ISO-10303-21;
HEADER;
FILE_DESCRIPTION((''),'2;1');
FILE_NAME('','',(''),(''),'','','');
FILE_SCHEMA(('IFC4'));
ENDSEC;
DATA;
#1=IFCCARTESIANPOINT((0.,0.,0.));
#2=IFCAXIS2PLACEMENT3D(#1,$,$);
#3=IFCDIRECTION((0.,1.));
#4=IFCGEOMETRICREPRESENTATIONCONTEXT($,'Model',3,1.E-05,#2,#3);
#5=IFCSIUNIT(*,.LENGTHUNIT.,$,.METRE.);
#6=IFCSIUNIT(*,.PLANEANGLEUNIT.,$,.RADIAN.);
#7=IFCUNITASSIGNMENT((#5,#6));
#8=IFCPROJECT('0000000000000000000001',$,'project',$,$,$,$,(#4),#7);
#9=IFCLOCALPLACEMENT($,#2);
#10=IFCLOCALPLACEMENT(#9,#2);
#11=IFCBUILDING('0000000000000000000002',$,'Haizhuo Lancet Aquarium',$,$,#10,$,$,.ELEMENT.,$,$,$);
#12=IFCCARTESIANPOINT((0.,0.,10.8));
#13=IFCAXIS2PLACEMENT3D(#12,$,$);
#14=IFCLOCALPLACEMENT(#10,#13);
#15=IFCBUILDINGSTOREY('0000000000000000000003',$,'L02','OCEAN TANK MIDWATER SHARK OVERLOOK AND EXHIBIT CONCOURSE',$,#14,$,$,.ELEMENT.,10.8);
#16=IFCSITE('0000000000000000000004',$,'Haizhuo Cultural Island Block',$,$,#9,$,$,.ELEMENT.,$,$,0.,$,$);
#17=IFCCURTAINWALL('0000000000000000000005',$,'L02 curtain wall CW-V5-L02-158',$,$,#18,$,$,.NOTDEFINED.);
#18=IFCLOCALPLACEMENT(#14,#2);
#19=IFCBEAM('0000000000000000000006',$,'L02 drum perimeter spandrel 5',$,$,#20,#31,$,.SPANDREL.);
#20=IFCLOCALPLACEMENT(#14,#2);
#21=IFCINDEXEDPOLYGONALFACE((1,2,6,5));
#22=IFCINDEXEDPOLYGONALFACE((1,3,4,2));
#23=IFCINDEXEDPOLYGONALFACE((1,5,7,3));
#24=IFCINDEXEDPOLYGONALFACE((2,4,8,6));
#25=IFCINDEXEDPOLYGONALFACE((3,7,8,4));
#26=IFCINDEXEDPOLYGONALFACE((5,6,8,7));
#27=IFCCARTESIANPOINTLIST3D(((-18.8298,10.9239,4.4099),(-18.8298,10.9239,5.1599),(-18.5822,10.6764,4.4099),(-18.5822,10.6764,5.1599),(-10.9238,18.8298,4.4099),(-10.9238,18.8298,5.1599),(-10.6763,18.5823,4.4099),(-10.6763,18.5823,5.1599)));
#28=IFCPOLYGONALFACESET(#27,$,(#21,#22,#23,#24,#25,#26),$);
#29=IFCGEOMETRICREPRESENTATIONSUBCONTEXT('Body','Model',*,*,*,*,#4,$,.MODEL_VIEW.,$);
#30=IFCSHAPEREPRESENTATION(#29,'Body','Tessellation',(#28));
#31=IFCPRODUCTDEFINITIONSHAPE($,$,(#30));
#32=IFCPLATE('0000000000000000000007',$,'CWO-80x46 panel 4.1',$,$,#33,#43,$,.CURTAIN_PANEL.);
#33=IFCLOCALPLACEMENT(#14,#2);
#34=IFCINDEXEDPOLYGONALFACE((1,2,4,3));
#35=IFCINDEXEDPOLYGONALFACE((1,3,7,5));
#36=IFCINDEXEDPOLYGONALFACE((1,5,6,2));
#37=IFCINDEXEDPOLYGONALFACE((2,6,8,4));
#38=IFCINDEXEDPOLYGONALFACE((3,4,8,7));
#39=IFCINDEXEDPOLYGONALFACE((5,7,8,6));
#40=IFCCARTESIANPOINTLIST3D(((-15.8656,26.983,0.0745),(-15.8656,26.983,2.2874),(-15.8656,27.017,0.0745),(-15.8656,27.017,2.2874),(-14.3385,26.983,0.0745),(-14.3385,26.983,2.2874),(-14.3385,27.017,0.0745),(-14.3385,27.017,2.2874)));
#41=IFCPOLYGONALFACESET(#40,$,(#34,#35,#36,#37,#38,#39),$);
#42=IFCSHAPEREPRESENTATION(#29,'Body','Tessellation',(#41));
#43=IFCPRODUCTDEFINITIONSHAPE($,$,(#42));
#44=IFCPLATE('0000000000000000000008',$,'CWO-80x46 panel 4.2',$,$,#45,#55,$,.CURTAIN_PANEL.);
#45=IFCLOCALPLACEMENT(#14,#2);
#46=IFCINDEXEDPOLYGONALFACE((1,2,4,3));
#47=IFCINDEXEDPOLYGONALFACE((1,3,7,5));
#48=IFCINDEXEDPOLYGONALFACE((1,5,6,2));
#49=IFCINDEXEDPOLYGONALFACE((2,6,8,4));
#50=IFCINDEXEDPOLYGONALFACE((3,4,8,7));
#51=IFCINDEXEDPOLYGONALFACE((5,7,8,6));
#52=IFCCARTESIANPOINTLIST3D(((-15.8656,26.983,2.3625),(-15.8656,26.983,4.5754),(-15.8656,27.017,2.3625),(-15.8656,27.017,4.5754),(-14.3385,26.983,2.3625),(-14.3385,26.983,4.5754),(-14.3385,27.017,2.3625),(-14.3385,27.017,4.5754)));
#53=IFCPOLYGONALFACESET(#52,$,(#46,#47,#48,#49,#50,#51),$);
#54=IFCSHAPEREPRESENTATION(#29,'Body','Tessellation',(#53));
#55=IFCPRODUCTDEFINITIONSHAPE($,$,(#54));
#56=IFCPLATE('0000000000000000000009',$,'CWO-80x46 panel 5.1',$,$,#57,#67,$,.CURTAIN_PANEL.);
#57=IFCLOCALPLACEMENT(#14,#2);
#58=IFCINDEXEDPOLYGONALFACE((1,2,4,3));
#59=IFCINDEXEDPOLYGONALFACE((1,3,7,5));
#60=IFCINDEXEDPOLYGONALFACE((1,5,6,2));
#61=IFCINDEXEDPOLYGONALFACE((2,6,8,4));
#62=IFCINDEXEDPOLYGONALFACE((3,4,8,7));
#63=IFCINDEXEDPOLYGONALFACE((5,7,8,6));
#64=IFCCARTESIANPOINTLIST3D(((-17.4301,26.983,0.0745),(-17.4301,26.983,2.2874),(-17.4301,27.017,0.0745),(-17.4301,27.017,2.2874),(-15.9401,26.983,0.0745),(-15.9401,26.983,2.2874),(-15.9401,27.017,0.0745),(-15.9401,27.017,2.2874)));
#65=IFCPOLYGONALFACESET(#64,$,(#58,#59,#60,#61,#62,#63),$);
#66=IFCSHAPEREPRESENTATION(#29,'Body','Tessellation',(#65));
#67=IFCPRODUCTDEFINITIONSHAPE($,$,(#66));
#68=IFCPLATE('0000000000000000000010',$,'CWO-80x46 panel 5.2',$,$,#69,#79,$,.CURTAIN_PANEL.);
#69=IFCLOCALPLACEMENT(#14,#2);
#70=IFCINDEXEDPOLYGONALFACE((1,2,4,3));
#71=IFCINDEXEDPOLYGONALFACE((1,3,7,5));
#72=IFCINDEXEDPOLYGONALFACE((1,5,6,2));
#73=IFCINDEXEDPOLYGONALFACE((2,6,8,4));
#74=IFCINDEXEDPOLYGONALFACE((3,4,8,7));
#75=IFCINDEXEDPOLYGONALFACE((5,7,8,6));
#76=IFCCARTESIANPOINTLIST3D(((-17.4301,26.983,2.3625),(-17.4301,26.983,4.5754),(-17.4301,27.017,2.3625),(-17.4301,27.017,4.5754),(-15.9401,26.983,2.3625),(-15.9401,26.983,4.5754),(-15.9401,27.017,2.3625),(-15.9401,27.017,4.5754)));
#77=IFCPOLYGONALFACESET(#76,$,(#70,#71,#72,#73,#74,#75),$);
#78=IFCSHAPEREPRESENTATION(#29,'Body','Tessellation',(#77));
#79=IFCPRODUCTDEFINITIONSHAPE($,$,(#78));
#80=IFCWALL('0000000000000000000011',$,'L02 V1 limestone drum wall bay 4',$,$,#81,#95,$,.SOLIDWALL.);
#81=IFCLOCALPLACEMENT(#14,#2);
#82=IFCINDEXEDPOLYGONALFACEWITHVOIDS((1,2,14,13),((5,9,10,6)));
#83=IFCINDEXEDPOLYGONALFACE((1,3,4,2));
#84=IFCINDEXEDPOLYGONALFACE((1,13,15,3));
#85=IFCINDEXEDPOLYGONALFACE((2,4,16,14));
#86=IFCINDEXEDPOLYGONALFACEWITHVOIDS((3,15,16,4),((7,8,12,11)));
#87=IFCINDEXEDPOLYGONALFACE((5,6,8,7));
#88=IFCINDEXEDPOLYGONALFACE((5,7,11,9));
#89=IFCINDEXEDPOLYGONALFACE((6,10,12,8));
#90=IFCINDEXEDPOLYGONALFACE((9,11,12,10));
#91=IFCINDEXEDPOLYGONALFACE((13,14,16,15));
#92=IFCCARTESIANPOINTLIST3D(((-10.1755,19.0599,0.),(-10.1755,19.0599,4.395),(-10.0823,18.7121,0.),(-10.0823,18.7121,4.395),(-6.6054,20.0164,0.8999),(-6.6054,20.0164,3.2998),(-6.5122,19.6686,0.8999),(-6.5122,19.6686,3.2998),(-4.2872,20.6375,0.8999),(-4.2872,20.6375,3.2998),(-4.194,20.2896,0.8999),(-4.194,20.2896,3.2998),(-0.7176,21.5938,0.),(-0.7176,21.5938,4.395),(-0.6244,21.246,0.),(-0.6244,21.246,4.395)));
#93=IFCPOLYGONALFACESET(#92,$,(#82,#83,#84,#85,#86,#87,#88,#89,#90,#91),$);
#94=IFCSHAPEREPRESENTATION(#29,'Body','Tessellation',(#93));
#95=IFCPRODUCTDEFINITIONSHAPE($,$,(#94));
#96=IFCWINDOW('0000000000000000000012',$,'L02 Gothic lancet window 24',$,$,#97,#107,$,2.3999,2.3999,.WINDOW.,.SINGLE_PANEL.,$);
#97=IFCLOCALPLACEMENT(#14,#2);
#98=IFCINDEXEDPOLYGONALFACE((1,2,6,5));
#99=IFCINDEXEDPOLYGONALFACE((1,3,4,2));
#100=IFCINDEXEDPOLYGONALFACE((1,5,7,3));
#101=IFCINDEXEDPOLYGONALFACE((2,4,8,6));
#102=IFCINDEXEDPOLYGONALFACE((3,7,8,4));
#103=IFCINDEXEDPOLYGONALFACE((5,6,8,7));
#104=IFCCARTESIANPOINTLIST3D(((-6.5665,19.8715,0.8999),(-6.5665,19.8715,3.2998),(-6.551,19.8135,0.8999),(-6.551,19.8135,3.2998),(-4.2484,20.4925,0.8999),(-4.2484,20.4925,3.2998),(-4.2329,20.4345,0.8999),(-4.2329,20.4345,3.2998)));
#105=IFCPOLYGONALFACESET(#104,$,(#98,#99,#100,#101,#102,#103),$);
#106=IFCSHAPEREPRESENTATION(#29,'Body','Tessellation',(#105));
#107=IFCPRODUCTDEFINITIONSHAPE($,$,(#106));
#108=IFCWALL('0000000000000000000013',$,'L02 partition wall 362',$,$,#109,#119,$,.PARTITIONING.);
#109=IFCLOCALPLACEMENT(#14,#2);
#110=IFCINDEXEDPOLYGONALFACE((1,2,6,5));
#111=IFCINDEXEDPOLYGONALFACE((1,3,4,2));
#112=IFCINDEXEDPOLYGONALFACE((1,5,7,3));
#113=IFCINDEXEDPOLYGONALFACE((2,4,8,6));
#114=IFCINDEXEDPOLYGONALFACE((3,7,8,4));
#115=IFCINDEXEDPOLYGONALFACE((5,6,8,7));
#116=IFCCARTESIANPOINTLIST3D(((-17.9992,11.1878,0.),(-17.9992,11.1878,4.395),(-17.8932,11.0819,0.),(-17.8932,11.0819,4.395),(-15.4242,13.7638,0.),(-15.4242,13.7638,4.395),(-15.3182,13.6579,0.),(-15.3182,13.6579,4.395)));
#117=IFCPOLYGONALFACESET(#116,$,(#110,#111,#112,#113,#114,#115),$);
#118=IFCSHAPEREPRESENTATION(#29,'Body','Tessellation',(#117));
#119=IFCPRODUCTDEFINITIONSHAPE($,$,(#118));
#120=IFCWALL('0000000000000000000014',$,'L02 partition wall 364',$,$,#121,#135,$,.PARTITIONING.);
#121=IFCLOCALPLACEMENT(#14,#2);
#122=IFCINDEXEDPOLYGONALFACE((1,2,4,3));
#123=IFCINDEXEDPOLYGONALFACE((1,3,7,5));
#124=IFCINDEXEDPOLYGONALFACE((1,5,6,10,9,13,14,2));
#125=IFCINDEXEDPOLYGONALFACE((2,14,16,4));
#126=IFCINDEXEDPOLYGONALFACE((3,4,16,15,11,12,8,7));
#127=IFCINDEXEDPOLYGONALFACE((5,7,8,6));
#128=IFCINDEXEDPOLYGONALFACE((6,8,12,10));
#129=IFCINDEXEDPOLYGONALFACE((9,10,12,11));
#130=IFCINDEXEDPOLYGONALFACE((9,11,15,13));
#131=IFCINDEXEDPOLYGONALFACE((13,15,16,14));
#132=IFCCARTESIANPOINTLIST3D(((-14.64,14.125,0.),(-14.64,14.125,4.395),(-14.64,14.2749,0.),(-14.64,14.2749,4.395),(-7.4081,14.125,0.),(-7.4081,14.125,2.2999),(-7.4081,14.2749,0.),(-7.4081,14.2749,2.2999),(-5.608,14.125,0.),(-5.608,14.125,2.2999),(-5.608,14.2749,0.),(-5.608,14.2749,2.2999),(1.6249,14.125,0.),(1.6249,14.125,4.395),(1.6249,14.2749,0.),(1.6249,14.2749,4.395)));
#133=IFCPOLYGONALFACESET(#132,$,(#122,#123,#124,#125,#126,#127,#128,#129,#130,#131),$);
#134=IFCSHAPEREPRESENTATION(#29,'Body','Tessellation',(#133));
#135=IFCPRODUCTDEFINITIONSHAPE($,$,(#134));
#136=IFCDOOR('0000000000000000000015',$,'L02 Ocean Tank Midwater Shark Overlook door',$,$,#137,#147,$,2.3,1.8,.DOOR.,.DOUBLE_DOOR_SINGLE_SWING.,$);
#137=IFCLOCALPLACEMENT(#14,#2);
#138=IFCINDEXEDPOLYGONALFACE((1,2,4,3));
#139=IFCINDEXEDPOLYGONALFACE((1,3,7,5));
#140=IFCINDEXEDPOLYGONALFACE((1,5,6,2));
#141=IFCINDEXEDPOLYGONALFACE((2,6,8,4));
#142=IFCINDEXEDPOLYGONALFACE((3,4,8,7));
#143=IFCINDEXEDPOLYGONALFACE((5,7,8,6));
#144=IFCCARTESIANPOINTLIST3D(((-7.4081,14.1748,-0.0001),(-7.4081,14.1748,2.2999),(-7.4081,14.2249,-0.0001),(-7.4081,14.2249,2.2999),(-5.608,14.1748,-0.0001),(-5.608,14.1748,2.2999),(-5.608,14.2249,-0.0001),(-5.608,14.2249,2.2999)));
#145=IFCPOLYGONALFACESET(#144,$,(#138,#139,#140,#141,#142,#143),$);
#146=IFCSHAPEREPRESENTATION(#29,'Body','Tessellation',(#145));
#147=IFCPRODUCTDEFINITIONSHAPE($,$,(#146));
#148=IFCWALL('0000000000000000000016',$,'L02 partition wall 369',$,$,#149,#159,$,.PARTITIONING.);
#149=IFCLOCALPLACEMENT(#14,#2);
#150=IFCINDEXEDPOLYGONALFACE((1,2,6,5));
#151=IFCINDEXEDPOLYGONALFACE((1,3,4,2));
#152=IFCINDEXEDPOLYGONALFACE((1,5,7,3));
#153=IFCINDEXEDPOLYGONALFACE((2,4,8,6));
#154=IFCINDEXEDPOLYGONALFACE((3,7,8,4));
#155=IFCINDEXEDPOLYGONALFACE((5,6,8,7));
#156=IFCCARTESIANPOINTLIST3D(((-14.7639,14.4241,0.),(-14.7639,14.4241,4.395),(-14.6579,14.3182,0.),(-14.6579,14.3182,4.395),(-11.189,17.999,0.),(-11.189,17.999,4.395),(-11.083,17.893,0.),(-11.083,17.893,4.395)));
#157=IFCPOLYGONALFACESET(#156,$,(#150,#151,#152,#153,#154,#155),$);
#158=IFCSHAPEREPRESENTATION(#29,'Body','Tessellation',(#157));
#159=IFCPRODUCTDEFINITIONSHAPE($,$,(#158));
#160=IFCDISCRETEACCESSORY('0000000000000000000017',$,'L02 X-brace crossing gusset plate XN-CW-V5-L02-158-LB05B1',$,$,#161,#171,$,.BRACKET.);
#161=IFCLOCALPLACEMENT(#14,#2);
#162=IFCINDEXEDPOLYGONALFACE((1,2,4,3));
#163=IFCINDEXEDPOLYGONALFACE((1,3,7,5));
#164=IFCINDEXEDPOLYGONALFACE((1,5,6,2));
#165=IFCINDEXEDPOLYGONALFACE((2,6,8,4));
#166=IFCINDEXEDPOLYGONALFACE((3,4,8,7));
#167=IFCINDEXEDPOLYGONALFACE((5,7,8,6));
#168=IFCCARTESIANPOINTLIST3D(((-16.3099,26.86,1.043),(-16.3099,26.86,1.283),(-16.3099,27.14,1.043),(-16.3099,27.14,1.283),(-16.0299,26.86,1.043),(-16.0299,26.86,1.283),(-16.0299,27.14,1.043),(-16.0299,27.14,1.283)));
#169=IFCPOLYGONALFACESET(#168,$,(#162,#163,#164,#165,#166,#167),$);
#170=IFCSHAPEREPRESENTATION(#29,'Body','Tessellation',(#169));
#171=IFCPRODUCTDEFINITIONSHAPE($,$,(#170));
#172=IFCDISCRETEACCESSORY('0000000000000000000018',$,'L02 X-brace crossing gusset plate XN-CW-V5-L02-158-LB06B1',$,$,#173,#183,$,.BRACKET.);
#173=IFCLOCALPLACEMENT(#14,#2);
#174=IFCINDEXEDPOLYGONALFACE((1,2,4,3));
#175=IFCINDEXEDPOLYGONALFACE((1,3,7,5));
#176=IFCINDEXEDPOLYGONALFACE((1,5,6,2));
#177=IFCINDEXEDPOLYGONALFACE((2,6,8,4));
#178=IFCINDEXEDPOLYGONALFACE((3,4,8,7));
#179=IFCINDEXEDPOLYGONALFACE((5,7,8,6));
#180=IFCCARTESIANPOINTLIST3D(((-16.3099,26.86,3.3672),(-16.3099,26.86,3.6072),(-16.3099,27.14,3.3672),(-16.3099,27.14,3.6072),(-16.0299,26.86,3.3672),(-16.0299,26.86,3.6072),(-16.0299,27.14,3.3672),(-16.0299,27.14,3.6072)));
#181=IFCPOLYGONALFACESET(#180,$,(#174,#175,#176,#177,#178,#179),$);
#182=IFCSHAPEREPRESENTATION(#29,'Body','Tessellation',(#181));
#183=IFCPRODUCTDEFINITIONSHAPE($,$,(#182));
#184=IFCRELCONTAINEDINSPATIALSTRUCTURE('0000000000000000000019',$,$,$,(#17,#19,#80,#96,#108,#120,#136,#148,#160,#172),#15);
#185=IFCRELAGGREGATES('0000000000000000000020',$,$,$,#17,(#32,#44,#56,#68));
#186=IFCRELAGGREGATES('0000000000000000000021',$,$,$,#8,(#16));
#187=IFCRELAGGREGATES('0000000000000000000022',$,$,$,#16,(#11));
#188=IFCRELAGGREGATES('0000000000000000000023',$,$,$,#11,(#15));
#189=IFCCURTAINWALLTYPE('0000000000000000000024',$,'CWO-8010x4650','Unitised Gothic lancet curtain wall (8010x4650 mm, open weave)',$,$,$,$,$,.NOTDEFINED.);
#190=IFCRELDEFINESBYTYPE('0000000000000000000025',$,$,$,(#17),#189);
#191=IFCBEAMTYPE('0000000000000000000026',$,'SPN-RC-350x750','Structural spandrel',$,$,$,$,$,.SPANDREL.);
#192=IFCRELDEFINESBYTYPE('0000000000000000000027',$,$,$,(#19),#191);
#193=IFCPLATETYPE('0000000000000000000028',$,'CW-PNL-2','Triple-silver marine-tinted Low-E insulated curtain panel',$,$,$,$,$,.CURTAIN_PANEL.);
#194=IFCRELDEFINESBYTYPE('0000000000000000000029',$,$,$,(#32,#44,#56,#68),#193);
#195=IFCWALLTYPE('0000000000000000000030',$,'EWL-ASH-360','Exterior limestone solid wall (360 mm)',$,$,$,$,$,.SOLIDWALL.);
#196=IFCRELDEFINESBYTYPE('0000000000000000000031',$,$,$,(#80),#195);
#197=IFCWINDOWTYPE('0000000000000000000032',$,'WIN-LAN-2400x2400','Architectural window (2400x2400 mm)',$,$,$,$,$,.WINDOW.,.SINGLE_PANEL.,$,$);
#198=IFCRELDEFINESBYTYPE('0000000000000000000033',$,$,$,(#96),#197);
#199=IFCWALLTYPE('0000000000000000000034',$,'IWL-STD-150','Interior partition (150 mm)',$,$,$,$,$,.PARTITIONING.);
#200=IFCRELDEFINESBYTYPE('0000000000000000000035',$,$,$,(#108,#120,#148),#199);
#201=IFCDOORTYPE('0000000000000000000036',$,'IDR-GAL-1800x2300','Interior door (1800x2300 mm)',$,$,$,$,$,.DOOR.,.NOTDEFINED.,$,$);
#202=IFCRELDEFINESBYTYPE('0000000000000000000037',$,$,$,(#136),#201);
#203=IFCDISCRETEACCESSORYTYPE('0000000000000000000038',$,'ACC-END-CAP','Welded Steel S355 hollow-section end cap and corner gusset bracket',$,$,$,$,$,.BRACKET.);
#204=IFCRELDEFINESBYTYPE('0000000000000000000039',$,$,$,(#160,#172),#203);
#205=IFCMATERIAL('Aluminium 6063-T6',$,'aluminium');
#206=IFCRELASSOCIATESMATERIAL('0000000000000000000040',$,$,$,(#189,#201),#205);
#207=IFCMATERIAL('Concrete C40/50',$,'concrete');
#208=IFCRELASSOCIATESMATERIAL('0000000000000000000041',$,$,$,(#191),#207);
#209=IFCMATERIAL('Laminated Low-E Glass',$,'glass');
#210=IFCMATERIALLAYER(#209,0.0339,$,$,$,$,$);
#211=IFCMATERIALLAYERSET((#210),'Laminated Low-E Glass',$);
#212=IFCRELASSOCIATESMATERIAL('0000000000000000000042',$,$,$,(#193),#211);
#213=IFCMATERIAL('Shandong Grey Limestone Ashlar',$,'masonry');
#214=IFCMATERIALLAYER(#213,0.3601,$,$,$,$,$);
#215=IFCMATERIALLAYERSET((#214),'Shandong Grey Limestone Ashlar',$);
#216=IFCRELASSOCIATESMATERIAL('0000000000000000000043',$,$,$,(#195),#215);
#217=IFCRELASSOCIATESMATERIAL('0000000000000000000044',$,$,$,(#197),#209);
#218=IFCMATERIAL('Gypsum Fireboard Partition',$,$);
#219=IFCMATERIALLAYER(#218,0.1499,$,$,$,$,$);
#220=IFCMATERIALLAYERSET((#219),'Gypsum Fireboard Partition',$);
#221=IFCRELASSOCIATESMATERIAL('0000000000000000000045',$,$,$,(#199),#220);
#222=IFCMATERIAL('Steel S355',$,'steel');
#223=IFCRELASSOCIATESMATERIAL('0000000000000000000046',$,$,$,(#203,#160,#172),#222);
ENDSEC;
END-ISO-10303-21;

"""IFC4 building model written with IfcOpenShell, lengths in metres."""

from ifc_helpers import new_model, si_unit, direction, frame, frame_2d, origin, origin_2d, place, context, subcontext, project, spatial, rectangle, extrude, material, layer, layer_set, material_profile, profile_set, type_object, element, fill, aggregate, save


model = new_model("IFC4")

# Units and contexts
model_context = context("Model", 3, precision=1e-05, world=origin(), true_north=direction((0.0, 1.0)))
body_context = subcontext(model_context, "Body", "Model", "MODEL_VIEW")
ifc_project = project(units=[si_unit("LENGTHUNIT", "METRE"), si_unit("PLANEANGLEUNIT", "RADIAN")], contexts=[model_context])

# Site, building, storey
site_placement = place(None, origin())
site = spatial("IfcSite", under=ifc_project, at=site_placement, Name="Haizhuo Cultural Island Block", CompositionType="ELEMENT", RefElevation=0.0)
building_placement = place(site_placement, origin())
building = spatial("IfcBuilding", under=site, at=building_placement, Name="Haizhuo Lancet Aquarium", CompositionType="ELEMENT")
storey_placement = place(building_placement, frame((0.0, 0.0, 10.8)))
storey = spatial("IfcBuildingStorey", under=building, at=storey_placement, Name="L02", Description="OCEAN TANK MIDWATER SHARK OVERLOOK AND EXHIBIT CONCOURSE", CompositionType="ELEMENT", Elevation=10.8)

# Curtain wall
ifc_material_1 = material(Name="Aluminium 6063-T6", Category="aluminium")
curtain_wall_type = type_object("IfcCurtainWallType", Name="CWO-8010x4650", Description="Unitised Gothic lancet curtain wall (8010x4650 mm, open weave)", PredefinedType="NOTDEFINED", material=ifc_material_1)
curtain_wall_placement = place(storey_placement, origin())
curtain_wall = element("IfcCurtainWall", 1, at=curtain_wall_placement, inside=storey, type_object=curtain_wall_type, Name="L02 curtain wall CW-V5-L02-158", PredefinedType="NOTDEFINED")

# Shared definitions
ifc_material_2 = material(Name="Steel S355", Category="steel")

# Beam
ifc_material_3 = material(Name="Concrete C40/50", Category="concrete")
ifc_material_profile_1 = material_profile(ifc_material_3, rectangle(XDim=0.3501, YDim=0.75, at=origin_2d()), Name="RC-SP 350x750")
ifc_profile_set_1 = profile_set([ifc_material_profile_1], Name="Concrete C40/50")
beam_type = type_object("IfcBeamType", Name="SPN-RC-350x750", Description="Structural spandrel", PredefinedType="SPANDREL", material=ifc_profile_set_1)
beam_placement = place(storey_placement, frame((-10.8, 18.7061, 4.7849), z_axis=(-0.707107, -0.707107, 0.0), x_axis=(0.707107, -0.707107, 0.0)))
element("IfcBeam", 2, at=beam_placement, inside=storey, type_object=beam_type, Name="L02 drum perimeter spandrel 5", PredefinedType="SPANDREL", context=body_context, shape_type="SweptSolid", body=[
    extrude(rectangle(XDim=0.3501, YDim=0.75, at=origin_2d()), origin(), (0.0, 0.0, 1.0), 11.1807),
])

# Plates
ifc_material_4 = material(Name="Laminated Low-E Glass", Category="glass")
ifc_layer_1 = layer(ifc_material_4, 0.0339)
ifc_layer_set_1 = layer_set([ifc_layer_1], Name="Laminated Low-E Glass")
plate_type = type_object("IfcPlateType", Name="CW-PNL-2", Description="Triple-silver marine-tinted Low-E insulated curtain panel", PredefinedType="CURTAIN_PANEL", material=ifc_layer_set_1)
plate_1_placement = place(storey_placement, frame((-15.1021, 27.0, 0.0745), z_axis=(0.0, 0.0, 1.0), x_axis=(-1.0, 0.0, 0.0)))
plate_1 = element("IfcPlate", 3, at=plate_1_placement, type_object=plate_type, Name="CWO-80x46 panel 4.1", PredefinedType="CURTAIN_PANEL", context=body_context, shape_type="SweptSolid", body=[
    extrude(rectangle(XDim=1.5271, YDim=0.0339, at=origin_2d()), origin(), (0.0, 0.0, 1.0), 2.2129),
])
plate_2_placement = place(storey_placement, frame((-15.1021, 27.0, 2.3625), z_axis=(0.0, 0.0, 1.0), x_axis=(-1.0, 0.0, 0.0)))
plate_2 = element("IfcPlate", 4, at=plate_2_placement, type_object=plate_type, Name="CWO-80x46 panel 4.2", PredefinedType="CURTAIN_PANEL", context=body_context, shape_type="SweptSolid", body=[
    extrude(rectangle(XDim=1.5271, YDim=0.0339, at=origin_2d()), origin(), (0.0, 0.0, 1.0), 2.2129),
])
plate_3_placement = place(storey_placement, frame((-16.6851, 27.0, 0.0745), z_axis=(0.0, 0.0, 1.0), x_axis=(-1.0, 0.0, 0.0)))
plate_3 = element("IfcPlate", 5, at=plate_3_placement, type_object=plate_type, Name="CWO-80x46 panel 5.1", PredefinedType="CURTAIN_PANEL", context=body_context, shape_type="SweptSolid", body=[
    extrude(rectangle(XDim=1.49, YDim=0.0339, at=origin_2d()), origin(), (0.0, 0.0, 1.0), 2.2129),
])
plate_4_placement = place(storey_placement, frame((-16.6851, 27.0, 2.3625), z_axis=(0.0, 0.0, 1.0), x_axis=(-1.0, 0.0, 0.0)))
plate_4 = element("IfcPlate", 6, at=plate_4_placement, type_object=plate_type, Name="CWO-80x46 panel 5.2", PredefinedType="CURTAIN_PANEL", context=body_context, shape_type="SweptSolid", body=[
    extrude(rectangle(XDim=1.49, YDim=0.0339, at=origin_2d()), origin(), (0.0, 0.0, 1.0), 2.2129),
])
aggregate(curtain_wall, [plate_1, plate_2, plate_3, plate_4])

# Wall, opening, window
ifc_material_5 = material(Name="Shandong Grey Limestone Ashlar", Category="masonry")
ifc_layer_2 = layer(ifc_material_5, 0.3601)
ifc_layer_set_2 = layer_set([ifc_layer_2], Name="Shandong Grey Limestone Ashlar")
wall_type_1 = type_object("IfcWallType", Name="EWL-ASH-360", Description="Exterior limestone solid wall (360 mm)", PredefinedType="SOLIDWALL", material=ifc_layer_set_2)
wall_1_placement = place(storey_placement, frame((-10.1289, 18.886, 0.0), z_axis=(0.0, 0.0, 1.0), x_axis=(0.965934, 0.258788, 0.0)))
wall_1 = element("IfcWall", 7, at=wall_1_placement, inside=storey, type_object=wall_type_1, Name="L02 V1 limestone drum wall bay 4", PredefinedType="SOLIDWALL", context=body_context, shape_type="SweptSolid", body=[
    extrude(rectangle(XDim=9.7915, YDim=0.3601, at=frame_2d((4.8958, 0.0))), origin(), (0.0, 0.0, 1.0), 4.395),
])
opening_1_placement = place(wall_1_placement, frame((3.696, 0.0, 0.8999)))
opening_1 = element("IfcOpeningElement", 8, at=opening_1_placement, cuts=wall_1, PredefinedType="OPENING", context=body_context, shape_type="SweptSolid", body=[
    extrude(rectangle(XDim=2.3999, YDim=2.3999, at=frame_2d((1.2, 1.2))), frame((0.0, 0.1899, 0.0), z_axis=(0.0, -1.0, 0.0), x_axis=(1.0, 0.0, 0.0)), (0.0, 0.0, 1.0), 0.3801),
])
window_type = type_object("IfcWindowType", Name="WIN-LAN-2400x2400", Description="Architectural window (2400x2400 mm)", PartitioningType="SINGLE_PANEL", PredefinedType="WINDOW", material=ifc_material_4)
window_placement = place(opening_1_placement, origin())
window = element("IfcWindow", 9, at=window_placement, inside=storey, type_object=window_type, Name="L02 Gothic lancet window 24", OverallHeight=2.3999, OverallWidth=2.3999, PartitioningType="SINGLE_PANEL", PredefinedType="WINDOW", context=body_context, shape_type="SweptSolid", body=[
    extrude(rectangle(XDim=2.3999, YDim=2.3999, at=frame_2d((1.2, 1.2))), frame((0.0, 0.03, 0.0), z_axis=(0.0, -1.0, 0.0), x_axis=(1.0, 0.0, 0.0)), (0.0, 0.0, 1.0), 0.0601),
])
fill(opening_1, window)

# Wall
ifc_material_6 = material(Name="Gypsum Fireboard Partition")
ifc_layer_3 = layer(ifc_material_6, 0.1499)
ifc_layer_set_3 = layer_set([ifc_layer_3], Name="Gypsum Fireboard Partition")
wall_type_2 = type_object("IfcWallType", Name="IWL-STD-150", Description="Interior partition (150 mm)", PredefinedType="PARTITIONING", material=ifc_layer_set_3)
wall_2_placement = place(storey_placement, frame((-15.3711, 13.7109, 0.0), z_axis=(0.0, 0.0, 1.0), x_axis=(-0.706973, -0.707241, 0.0)))
element("IfcWall", 10, at=wall_2_placement, inside=storey, type_object=wall_type_2, Name="L02 partition wall 362", PredefinedType="PARTITIONING", context=body_context, shape_type="SweptSolid", body=[
    extrude(rectangle(XDim=3.6423, YDim=0.1499, at=frame_2d((1.8213, 0.0))), origin(), (0.0, 0.0, 1.0), 4.395),
])

# Wall, opening, door
wall_3_placement = place(storey_placement, frame((-14.6399, 14.2, 0.0), z_axis=(0.0, 0.0, 1.0), x_axis=(1.0, 0.0, 0.0)))
wall_3 = element("IfcWall", 11, at=wall_3_placement, inside=storey, type_object=wall_type_2, Name="L02 partition wall 364", PredefinedType="PARTITIONING", context=body_context, shape_type="SweptSolid", body=[
    extrude(rectangle(XDim=16.2649, YDim=0.1499, at=frame_2d((8.1323, 0.0))), origin(), (0.0, 0.0, 1.0), 4.395),
])
opening_2_placement = place(wall_3_placement, frame((7.2319, 0.0, 0.0)))
opening_2 = element("IfcOpeningElement", 12, at=opening_2_placement, cuts=wall_3, PredefinedType="OPENING", context=body_context, shape_type="SweptSolid", body=[
    extrude(rectangle(XDim=1.8, YDim=2.3, at=frame_2d((0.8999, 1.1499))), frame((0.0, 0.085, 0.0), z_axis=(0.0, -1.0, 0.0), x_axis=(1.0, 0.0, 0.0)), (0.0, 0.0, 1.0), 0.1699),
])
door_type = type_object("IfcDoorType", Name="IDR-GAL-1800x2300", Description="Interior door (1800x2300 mm)", OperationType="NOTDEFINED", PredefinedType="DOOR", material=ifc_material_1)
door_placement = place(opening_2_placement, origin())
door = element("IfcDoor", 13, at=door_placement, inside=storey, type_object=door_type, Name="L02 Ocean Tank Midwater Shark Overlook door", OperationType="DOUBLE_DOOR_SINGLE_SWING", OverallHeight=2.3, OverallWidth=1.8, PredefinedType="DOOR", context=body_context, shape_type="SweptSolid", body=[
    extrude(rectangle(XDim=1.8, YDim=2.3, at=frame_2d((0.8999, 1.1499))), frame((0.0, 0.0249, 0.0), z_axis=(0.0, -1.0, 0.0), x_axis=(1.0, 0.0, 0.0)), (0.0, 0.0, 1.0), 0.05),
])
fill(opening_2, door)

# Wall
wall_4_placement = place(storey_placement, frame((-11.136, 17.946, 0.0), z_axis=(0.0, 0.0, 1.0), x_axis=(-0.707107, -0.707107, 0.0)))
element("IfcWall", 14, at=wall_4_placement, inside=storey, type_object=wall_type_2, Name="L02 partition wall 369", PredefinedType="PARTITIONING", context=body_context, shape_type="SweptSolid", body=[
    extrude(rectangle(XDim=5.0557, YDim=0.1499, at=frame_2d((2.5278, 0.0))), origin(), (0.0, 0.0, 1.0), 4.395),
])

# Discrete accessories
discrete_accessory_type = type_object("IfcDiscreteAccessoryType", Name="ACC-END-CAP", Description="Welded Steel S355 hollow-section end cap and corner gusset bracket", PredefinedType="BRACKET", material=ifc_material_2)
for number, where, z_axis, x_axis, name in (
    (15, (-16.1699, 27.0, 1.043), (0.0, 0.0, 1.0), (1.0, 0.0, 0.0), "L02 X-brace crossing gusset plate XN-CW-V5-L02-158-LB05B1"),
    (16, (-16.1699, 27.0, 3.3672), (0.0, 0.0, 1.0), (1.0, 0.0, 0.0), "L02 X-brace crossing gusset plate XN-CW-V5-L02-158-LB06B1"),
):
    element("IfcDiscreteAccessory", number, at=place(storey_placement, frame(where, z_axis=z_axis, x_axis=x_axis)), inside=storey, type_object=discrete_accessory_type, material=ifc_material_2, Name=name, PredefinedType="BRACKET", context=body_context, shape_type="SweptSolid", body=[
        extrude(rectangle(XDim=0.28, YDim=0.28, at=origin_2d()), origin(), (0.0, 0.0, 1.0), 0.24),
    ])

save(model, "model.ifc")
